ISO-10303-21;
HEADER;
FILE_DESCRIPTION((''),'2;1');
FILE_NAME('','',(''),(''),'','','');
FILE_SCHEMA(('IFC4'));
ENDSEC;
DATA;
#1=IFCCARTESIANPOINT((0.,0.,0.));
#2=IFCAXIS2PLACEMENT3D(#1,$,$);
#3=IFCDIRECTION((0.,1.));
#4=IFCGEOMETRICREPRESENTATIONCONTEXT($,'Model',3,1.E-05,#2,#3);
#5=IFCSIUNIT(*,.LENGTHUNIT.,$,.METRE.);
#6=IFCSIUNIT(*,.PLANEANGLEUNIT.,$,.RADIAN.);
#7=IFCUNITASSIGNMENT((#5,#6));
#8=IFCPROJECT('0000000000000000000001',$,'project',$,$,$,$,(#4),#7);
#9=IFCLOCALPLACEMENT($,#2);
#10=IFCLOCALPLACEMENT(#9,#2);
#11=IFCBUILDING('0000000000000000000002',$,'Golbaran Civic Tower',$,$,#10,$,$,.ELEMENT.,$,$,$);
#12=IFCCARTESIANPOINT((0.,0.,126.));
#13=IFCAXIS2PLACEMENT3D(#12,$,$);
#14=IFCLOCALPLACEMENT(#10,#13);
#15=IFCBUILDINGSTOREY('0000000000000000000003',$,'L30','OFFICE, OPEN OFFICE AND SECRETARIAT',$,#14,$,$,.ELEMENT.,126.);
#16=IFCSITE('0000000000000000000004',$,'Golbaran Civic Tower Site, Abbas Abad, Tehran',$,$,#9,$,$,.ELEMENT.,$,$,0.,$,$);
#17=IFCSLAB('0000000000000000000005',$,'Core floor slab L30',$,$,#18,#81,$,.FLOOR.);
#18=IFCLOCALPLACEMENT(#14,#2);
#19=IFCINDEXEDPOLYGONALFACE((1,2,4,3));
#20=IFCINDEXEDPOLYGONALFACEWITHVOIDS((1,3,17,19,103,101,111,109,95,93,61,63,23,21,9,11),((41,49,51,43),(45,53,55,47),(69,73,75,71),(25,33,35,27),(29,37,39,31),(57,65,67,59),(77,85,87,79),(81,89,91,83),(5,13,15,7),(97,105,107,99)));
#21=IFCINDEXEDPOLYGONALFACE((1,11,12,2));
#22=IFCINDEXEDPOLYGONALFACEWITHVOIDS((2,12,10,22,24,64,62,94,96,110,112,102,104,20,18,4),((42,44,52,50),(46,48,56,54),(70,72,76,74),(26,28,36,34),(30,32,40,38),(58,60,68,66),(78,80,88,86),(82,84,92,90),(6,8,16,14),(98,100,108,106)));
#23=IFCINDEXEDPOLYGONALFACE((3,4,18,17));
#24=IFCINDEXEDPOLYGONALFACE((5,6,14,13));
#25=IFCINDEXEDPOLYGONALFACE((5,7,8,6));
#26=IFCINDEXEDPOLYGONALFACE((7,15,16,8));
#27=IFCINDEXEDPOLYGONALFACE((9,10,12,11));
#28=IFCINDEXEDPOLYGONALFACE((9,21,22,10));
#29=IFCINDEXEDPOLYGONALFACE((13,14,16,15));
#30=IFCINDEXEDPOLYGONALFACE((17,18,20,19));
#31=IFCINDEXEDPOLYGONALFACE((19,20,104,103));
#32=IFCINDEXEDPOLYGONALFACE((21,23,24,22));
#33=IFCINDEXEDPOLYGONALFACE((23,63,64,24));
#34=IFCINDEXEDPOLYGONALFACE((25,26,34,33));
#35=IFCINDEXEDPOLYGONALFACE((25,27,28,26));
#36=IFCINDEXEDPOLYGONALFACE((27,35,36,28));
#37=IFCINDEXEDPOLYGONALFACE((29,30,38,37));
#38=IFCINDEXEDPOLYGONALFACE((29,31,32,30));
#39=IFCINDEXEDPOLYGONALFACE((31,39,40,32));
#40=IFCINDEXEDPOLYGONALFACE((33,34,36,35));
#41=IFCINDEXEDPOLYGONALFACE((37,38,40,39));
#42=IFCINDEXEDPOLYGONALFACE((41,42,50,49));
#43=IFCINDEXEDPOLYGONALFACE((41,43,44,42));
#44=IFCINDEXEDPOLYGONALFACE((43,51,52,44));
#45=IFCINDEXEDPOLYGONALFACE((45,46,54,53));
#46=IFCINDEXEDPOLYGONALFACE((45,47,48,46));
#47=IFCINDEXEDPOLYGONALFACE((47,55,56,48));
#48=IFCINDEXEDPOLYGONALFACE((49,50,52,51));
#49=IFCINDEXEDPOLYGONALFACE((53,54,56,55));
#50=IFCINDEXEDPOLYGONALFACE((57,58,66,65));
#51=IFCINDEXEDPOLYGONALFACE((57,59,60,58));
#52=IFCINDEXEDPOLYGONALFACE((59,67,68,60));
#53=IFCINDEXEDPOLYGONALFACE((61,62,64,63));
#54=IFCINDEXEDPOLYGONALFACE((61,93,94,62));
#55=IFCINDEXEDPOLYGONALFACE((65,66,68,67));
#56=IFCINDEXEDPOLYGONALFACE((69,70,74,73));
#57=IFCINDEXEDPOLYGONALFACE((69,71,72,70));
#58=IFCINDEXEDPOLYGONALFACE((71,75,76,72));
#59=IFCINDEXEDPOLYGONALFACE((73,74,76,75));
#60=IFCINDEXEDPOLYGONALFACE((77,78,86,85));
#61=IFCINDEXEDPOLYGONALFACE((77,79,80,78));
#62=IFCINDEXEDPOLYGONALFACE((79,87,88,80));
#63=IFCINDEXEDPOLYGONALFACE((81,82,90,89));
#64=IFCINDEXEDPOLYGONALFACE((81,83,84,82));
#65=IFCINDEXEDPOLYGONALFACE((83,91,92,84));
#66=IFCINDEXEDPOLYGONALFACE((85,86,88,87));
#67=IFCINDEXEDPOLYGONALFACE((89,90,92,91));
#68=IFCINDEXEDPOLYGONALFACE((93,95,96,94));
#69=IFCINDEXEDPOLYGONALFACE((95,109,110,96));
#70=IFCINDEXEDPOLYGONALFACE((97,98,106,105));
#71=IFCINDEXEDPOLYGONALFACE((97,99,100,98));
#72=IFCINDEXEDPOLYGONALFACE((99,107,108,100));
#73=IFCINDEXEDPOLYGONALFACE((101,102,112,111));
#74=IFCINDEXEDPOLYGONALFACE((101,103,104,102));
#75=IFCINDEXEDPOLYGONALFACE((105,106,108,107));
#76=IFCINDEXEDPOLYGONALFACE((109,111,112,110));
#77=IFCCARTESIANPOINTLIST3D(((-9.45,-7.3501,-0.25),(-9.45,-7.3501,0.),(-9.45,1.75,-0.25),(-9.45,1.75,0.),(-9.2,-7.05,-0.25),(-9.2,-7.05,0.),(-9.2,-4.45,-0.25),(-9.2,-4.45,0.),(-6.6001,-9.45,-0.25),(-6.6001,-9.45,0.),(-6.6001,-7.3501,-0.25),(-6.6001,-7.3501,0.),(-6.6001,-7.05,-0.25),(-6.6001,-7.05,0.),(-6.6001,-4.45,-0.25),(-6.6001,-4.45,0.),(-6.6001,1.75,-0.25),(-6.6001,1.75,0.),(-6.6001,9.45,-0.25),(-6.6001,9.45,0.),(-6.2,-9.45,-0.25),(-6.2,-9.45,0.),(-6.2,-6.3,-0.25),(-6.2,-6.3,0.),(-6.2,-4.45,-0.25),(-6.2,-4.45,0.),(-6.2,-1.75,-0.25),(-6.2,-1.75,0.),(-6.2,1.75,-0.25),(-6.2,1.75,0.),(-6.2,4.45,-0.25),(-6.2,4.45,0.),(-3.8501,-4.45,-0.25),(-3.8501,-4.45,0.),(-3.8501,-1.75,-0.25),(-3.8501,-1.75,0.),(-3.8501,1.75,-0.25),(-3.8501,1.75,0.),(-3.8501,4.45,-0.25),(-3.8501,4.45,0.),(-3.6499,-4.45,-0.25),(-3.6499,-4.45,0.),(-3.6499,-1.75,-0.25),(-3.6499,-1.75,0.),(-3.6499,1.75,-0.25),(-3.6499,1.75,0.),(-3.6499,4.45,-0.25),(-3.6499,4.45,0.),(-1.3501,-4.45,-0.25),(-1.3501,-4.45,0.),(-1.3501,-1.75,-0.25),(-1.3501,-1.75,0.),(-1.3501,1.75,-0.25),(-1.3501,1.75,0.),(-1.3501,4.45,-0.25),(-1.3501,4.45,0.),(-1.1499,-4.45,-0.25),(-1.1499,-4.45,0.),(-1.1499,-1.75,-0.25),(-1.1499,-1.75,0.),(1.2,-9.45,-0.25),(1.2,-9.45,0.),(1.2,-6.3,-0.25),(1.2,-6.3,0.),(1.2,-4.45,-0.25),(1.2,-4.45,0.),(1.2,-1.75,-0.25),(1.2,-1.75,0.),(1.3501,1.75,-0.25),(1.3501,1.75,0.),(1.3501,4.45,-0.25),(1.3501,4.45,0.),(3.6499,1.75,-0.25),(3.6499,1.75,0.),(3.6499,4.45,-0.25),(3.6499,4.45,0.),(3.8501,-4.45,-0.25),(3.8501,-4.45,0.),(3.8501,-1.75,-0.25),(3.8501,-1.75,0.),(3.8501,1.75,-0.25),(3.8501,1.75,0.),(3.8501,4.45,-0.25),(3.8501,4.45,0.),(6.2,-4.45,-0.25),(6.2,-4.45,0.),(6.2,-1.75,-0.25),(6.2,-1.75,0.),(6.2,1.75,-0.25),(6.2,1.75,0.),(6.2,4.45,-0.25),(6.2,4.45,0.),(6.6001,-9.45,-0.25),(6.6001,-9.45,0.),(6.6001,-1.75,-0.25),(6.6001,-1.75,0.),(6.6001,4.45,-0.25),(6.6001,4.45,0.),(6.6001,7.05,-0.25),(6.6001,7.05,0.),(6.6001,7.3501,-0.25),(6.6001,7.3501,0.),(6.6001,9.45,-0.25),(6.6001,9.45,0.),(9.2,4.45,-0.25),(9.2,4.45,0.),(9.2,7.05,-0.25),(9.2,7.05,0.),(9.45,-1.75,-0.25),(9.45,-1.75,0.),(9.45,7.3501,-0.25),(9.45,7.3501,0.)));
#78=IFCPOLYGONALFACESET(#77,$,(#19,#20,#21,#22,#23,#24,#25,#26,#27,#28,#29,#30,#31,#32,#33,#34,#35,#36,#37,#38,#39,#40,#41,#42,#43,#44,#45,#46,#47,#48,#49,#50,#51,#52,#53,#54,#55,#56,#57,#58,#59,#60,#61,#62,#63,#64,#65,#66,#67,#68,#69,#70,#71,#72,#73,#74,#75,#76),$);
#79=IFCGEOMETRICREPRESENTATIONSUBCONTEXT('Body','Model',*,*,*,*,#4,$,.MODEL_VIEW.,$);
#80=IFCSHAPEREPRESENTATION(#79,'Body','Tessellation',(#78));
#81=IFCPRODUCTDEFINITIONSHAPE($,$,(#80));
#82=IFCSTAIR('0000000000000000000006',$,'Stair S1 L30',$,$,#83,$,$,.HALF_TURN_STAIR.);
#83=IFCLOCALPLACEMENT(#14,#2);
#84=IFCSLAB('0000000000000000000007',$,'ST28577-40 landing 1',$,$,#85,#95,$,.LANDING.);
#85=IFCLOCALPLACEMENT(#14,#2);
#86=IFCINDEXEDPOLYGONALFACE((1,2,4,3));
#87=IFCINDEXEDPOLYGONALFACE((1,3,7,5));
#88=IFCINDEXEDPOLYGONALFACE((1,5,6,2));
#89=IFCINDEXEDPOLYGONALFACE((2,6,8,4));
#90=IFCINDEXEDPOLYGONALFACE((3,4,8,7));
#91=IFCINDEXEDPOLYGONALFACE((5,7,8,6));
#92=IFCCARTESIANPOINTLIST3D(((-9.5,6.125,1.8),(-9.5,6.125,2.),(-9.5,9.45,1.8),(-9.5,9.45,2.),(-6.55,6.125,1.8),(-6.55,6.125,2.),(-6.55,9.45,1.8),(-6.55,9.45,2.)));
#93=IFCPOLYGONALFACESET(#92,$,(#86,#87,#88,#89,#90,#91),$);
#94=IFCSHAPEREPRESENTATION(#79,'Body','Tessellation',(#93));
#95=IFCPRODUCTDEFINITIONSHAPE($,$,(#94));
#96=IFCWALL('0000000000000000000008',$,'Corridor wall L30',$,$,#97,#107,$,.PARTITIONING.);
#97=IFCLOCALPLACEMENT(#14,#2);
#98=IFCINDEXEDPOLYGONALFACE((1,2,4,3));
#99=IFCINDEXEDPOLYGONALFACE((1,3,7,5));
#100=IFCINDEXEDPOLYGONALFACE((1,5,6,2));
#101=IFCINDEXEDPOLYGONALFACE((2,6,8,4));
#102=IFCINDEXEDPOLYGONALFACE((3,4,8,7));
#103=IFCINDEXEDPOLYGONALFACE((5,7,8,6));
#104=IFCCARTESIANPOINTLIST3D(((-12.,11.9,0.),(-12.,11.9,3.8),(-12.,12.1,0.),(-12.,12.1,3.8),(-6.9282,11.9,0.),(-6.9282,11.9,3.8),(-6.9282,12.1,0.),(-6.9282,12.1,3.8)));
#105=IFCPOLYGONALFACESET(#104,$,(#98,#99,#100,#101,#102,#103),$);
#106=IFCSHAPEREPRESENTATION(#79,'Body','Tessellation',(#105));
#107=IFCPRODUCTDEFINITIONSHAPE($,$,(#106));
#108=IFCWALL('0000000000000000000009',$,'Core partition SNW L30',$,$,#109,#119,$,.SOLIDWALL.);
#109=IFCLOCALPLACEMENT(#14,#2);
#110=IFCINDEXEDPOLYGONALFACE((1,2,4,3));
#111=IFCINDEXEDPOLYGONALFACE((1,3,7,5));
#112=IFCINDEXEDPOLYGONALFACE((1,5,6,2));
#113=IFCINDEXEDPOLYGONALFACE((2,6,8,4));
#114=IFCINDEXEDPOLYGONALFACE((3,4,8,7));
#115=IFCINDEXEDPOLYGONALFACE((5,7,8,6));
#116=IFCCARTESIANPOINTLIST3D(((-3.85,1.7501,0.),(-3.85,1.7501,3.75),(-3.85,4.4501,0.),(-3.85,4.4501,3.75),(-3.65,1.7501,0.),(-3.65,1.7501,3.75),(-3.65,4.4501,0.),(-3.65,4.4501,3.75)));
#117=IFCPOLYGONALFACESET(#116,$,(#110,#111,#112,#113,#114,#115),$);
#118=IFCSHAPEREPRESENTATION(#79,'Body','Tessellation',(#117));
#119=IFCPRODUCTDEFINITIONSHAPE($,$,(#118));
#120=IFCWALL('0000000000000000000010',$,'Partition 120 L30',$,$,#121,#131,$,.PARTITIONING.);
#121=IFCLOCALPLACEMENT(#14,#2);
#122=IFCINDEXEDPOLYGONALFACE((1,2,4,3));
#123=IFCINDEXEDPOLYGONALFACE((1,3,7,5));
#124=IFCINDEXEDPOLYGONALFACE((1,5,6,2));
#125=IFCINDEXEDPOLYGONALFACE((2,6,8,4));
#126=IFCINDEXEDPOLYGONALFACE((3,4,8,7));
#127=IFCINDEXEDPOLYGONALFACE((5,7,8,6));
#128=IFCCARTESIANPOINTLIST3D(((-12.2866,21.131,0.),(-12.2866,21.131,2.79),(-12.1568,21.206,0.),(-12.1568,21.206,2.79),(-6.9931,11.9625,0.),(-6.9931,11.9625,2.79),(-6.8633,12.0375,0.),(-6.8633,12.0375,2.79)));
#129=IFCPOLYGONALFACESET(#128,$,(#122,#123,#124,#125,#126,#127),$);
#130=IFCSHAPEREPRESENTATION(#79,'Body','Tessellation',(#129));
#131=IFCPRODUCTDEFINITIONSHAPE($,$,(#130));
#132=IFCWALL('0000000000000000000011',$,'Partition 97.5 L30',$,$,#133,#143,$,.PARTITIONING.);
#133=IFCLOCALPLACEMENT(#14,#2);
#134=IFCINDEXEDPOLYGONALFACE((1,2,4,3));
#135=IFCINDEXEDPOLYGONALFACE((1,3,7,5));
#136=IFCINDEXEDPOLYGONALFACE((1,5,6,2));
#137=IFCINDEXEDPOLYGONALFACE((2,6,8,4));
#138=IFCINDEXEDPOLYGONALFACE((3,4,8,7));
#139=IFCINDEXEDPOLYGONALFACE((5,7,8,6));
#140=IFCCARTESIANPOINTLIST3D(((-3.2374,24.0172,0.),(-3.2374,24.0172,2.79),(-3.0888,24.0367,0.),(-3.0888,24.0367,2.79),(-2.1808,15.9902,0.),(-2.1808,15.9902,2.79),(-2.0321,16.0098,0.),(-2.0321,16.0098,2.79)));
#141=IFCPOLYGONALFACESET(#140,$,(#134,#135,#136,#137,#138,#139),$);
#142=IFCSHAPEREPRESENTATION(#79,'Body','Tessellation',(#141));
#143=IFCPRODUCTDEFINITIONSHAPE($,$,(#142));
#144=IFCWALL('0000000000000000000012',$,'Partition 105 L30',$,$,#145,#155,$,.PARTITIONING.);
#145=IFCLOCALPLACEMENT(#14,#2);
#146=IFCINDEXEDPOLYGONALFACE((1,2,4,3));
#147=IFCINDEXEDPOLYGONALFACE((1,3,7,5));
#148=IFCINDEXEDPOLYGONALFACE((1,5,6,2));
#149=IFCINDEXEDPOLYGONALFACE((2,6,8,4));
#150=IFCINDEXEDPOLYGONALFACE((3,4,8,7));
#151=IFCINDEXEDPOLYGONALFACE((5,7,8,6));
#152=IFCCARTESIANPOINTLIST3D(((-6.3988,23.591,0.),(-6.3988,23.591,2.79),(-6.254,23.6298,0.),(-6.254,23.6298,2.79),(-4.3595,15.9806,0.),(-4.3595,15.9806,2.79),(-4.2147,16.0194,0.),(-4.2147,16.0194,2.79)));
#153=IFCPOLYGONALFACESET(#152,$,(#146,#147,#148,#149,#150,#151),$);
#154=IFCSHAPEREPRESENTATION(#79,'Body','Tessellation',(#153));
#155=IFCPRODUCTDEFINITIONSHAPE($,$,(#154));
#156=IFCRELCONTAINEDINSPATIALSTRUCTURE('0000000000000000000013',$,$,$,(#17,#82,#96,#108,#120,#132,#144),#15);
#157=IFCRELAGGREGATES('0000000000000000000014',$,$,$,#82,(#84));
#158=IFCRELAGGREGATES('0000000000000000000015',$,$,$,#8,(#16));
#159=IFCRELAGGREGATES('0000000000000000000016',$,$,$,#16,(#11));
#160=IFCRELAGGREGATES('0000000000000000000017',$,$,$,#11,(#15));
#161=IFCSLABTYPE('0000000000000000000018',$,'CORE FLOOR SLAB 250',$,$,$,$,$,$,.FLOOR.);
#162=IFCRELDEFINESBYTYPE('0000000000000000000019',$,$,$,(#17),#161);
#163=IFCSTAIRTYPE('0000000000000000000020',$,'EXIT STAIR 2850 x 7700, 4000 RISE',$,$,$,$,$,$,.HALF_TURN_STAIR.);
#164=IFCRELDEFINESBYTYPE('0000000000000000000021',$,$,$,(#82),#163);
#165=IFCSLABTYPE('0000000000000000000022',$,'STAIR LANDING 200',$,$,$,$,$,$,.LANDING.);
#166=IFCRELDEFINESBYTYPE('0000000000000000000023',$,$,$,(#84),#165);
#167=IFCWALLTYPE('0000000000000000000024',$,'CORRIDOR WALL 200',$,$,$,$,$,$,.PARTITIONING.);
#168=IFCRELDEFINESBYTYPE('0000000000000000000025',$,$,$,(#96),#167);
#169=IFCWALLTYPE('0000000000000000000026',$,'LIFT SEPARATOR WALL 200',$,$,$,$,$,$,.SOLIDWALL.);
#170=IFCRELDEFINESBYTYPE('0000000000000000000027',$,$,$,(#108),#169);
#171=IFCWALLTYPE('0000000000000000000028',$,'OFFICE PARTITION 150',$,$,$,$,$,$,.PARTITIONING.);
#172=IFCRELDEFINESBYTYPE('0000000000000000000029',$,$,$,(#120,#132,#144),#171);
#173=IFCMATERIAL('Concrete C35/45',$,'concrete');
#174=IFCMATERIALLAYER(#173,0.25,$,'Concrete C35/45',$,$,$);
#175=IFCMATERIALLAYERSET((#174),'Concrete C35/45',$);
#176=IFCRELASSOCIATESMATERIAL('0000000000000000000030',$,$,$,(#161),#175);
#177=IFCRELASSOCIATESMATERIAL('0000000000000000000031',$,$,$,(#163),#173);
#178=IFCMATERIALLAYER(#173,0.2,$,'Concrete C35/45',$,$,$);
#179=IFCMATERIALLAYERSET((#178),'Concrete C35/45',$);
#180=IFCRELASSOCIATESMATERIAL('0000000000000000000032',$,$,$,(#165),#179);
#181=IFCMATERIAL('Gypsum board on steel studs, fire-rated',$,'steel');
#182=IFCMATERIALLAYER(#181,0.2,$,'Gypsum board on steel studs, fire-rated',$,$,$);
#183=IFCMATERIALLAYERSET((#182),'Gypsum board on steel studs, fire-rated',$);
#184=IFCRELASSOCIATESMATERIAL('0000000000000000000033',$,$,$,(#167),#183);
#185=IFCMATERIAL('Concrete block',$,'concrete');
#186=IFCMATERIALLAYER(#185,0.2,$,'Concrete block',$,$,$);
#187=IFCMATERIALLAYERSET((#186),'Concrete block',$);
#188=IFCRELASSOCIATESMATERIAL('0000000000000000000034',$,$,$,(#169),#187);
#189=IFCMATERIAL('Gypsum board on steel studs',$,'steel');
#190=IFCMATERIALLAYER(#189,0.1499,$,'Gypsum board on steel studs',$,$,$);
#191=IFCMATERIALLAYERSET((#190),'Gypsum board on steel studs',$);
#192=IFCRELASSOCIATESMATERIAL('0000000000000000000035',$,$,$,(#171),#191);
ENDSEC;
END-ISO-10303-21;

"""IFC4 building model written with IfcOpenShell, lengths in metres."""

from ifc_helpers import new_model, si_unit, direction, frame, frame_2d, origin, place, context, subcontext, project, spatial, polyline, rectangle, outline, extrude, material, layer, layer_set, type_object, element, aggregate, save


model = new_model("IFC4")

# Units and contexts
model_context = context("Model", 3, precision=1e-05, world=origin(), true_north=direction((0.0, 1.0)))
body_context = subcontext(model_context, "Body", "Model", "MODEL_VIEW")
ifc_project = project(units=[si_unit("LENGTHUNIT", "METRE"), si_unit("PLANEANGLEUNIT", "RADIAN")], contexts=[model_context])

# Site, building, storey
site_placement = place(None, origin())
site = spatial("IfcSite", under=ifc_project, at=site_placement, Name="Golbaran Civic Tower Site, Abbas Abad, Tehran", CompositionType="ELEMENT", RefElevation=0.0)
building_placement = place(site_placement, origin())
building = spatial("IfcBuilding", under=site, at=building_placement, Name="Golbaran Civic Tower", CompositionType="ELEMENT")
storey_placement = place(building_placement, frame((0.0, 0.0, 126.0)))
storey = spatial("IfcBuildingStorey", under=building, at=storey_placement, Name="L30", Description="OFFICE, OPEN OFFICE AND SECRETARIAT", CompositionType="ELEMENT", Elevation=126.0)

# Slab
ifc_material_1 = material(Name="Concrete C35/45", Category="concrete")
ifc_layer_1 = layer(ifc_material_1, 0.25, Name="Concrete C35/45")
ifc_layer_set_1 = layer_set([ifc_layer_1], Name="Concrete C35/45")
slab_type_1 = type_object("IfcSlabType", Name="CORE FLOOR SLAB 250", PredefinedType="FLOOR", material=ifc_layer_set_1)
slab_1_placement = place(storey_placement, frame((0.0, 0.0, -0.25)))
element("IfcSlab", 1, at=slab_1_placement, inside=storey, type_object=slab_type_1, Name="Core floor slab L30", PredefinedType="FLOOR", context=body_context, shape_type="SweptSolid", body=[
    extrude(outline(polyline([(6.6001, -1.75), (6.6001, -9.45), (1.2, -9.45), (1.2, -6.3), (-6.2, -6.3), (-6.2, -9.45), (-6.6001, -9.45), (-6.6001, -7.3501), (-9.45, -7.3501), (-9.45, 1.75), (-6.6001, 1.75), (-6.6001, 9.45), (6.6001, 9.45), (6.6001, 7.3501), (9.45, 7.3501), (9.45, -1.75), (6.6001, -1.75)]), holes=[polyline([(9.2, 7.05), (6.6001, 7.05), (6.6001, 4.45), (9.2, 4.45), (9.2, 7.05)]), polyline([(6.2, -1.75), (3.8501, -1.75), (3.8501, -4.45), (6.2, -4.45), (6.2, -1.75)]), polyline([(6.2, 4.45), (3.8501, 4.45), (3.8501, 1.75), (6.2, 1.75), (6.2, 4.45)]), polyline([(3.6499, 4.45), (1.3501, 4.45), (1.3501, 1.75), (3.6499, 1.75), (3.6499, 4.45)]), polyline([(1.2, -1.75), (-1.1499, -1.75), (-1.1499, -4.45), (1.2, -4.45), (1.2, -1.75)]), polyline([(-1.3501, 4.45), (-3.6499, 4.45), (-3.6499, 1.75), (-1.3501, 1.75), (-1.3501, 4.45)]), polyline([(-1.3501, -1.75), (-3.6499, -1.75), (-3.6499, -4.45), (-1.3501, -4.45), (-1.3501, -1.75)]), polyline([(-3.8501, -1.75), (-6.2, -1.75), (-6.2, -4.45), (-3.8501, -4.45), (-3.8501, -1.75)]), polyline([(-3.8501, 4.45), (-6.2, 4.45), (-6.2, 1.75), (-3.8501, 1.75), (-3.8501, 4.45)]), polyline([(-6.6001, -4.45), (-9.2, -4.45), (-9.2, -7.05), (-6.6001, -7.05), (-6.6001, -4.45)])]), origin(), (0.0, 0.0, 1.0), 0.25),
])

# Stair, slab
stair_type = type_object("IfcStairType", Name="EXIT STAIR 2850 x 7700, 4000 RISE", PredefinedType="HALF_TURN_STAIR", material=ifc_material_1)
stair_placement = place(storey_placement, origin())
stair = element("IfcStair", 2, at=stair_placement, inside=storey, type_object=stair_type, Name="Stair S1 L30", PredefinedType="HALF_TURN_STAIR")
ifc_layer_2 = layer(ifc_material_1, 0.2, Name="Concrete C35/45")
ifc_layer_set_2 = layer_set([ifc_layer_2], Name="Concrete C35/45")
slab_type_2 = type_object("IfcSlabType", Name="STAIR LANDING 200", PredefinedType="LANDING", material=ifc_layer_set_2)
slab_2_placement = place(storey_placement, frame((0.0, 0.0, 1.8)))
slab_2 = element("IfcSlab", 3, at=slab_2_placement, type_object=slab_type_2, Name="ST28577-40 landing 1", PredefinedType="LANDING", context=body_context, shape_type="SweptSolid", body=[
    extrude(outline(polyline([(-9.5, 6.125), (-9.5, 9.45), (-6.55, 9.45), (-6.55, 6.125), (-9.5, 6.125)])), origin(), (0.0, 0.0, 1.0), 0.2),
])

# Walls
ifc_material_2 = material(Name="Gypsum board on steel studs, fire-rated", Category="steel")
ifc_layer_3 = layer(ifc_material_2, 0.2, Name="Gypsum board on steel studs, fire-rated")
ifc_layer_set_3 = layer_set([ifc_layer_3], Name="Gypsum board on steel studs, fire-rated")
wall_type_1 = type_object("IfcWallType", Name="CORRIDOR WALL 200", PredefinedType="PARTITIONING", material=ifc_layer_set_3)
wall_1_placement = place(storey_placement, frame((-6.9282, 12.0, 0.0), z_axis=(0.0, 0.0, 1.0), x_axis=(-1.0, 0.0, 0.0)))
element("IfcWall", 4, at=wall_1_placement, inside=storey, type_object=wall_type_1, Name="Corridor wall L30", PredefinedType="PARTITIONING", context=body_context, shape_type="SweptSolid", body=[
    extrude(rectangle(XDim=5.0718, YDim=0.2, at=frame_2d((2.5359, 0.0))), origin(), (0.0, 0.0, 1.0), 3.8),
])
ifc_material_3 = material(Name="Concrete block", Category="concrete")
ifc_layer_4 = layer(ifc_material_3, 0.2, Name="Concrete block")
ifc_layer_set_4 = layer_set([ifc_layer_4], Name="Concrete block")
wall_type_2 = type_object("IfcWallType", Name="LIFT SEPARATOR WALL 200", PredefinedType="SOLIDWALL", material=ifc_layer_set_4)
wall_2_placement = place(storey_placement, frame((-3.75, 1.75, 0.0), z_axis=(0.0, 0.0, 1.0), x_axis=(0.0, 1.0, 0.0)))
element("IfcWall", 5, at=wall_2_placement, inside=storey, type_object=wall_type_2, Name="Core partition SNW L30", PredefinedType="SOLIDWALL", context=body_context, shape_type="SweptSolid", body=[
    extrude(rectangle(XDim=2.7, YDim=0.2, at=frame_2d((1.3501, 0.0))), origin(), (0.0, 0.0, 1.0), 3.75),
])
ifc_material_4 = material(Name="Gypsum board on steel studs", Category="steel")
ifc_layer_5 = layer(ifc_material_4, 0.1499, Name="Gypsum board on steel studs")
ifc_layer_set_5 = layer_set([ifc_layer_5], Name="Gypsum board on steel studs")
wall_type_3 = type_object("IfcWallType", Name="OFFICE PARTITION 150", PredefinedType="PARTITIONING", material=ifc_layer_set_5)
wall_3_placement = place(storey_placement, frame((-6.9282, 12.0, 0.0), z_axis=(0.0, 0.0, 1.0), x_axis=(-0.500003, 0.866024, 0.0)))
element("IfcWall", 6, at=wall_3_placement, inside=storey, type_object=wall_type_3, Name="Partition 120 L30", PredefinedType="PARTITIONING", context=body_context, shape_type="SweptSolid", body=[
    extrude(rectangle(XDim=10.5869, YDim=0.1499, at=frame_2d((5.2935, 0.0))), origin(), (0.0, 0.0, 1.0), 2.79),
])
wall_4_placement = place(storey_placement, frame((-2.1064, 16.0, 0.0), z_axis=(0.0, 0.0, 1.0), x_axis=(-0.130512, 0.991447, 0.0)))
element("IfcWall", 7, at=wall_4_placement, inside=storey, type_object=wall_type_3, Name="Partition 97.5 L30", PredefinedType="PARTITIONING", context=body_context, shape_type="SweptSolid", body=[
    extrude(rectangle(XDim=8.0962, YDim=0.1499, at=frame_2d((4.0481, 0.0))), origin(), (0.0, 0.0, 1.0), 2.79),
])
wall_5_placement = place(storey_placement, frame((-4.2871, 16.0, 0.0), z_axis=(0.0, 0.0, 1.0), x_axis=(-0.258833, 0.965922, 0.0)))
element("IfcWall", 8, at=wall_5_placement, inside=storey, type_object=wall_type_3, Name="Partition 105 L30", PredefinedType="PARTITIONING", context=body_context, shape_type="SweptSolid", body=[
    extrude(rectangle(XDim=7.8789, YDim=0.1499, at=frame_2d((3.9395, 0.0))), origin(), (0.0, 0.0, 1.0), 2.79),
])

aggregate(stair, [slab_2])

save(model, "model.ifc")
